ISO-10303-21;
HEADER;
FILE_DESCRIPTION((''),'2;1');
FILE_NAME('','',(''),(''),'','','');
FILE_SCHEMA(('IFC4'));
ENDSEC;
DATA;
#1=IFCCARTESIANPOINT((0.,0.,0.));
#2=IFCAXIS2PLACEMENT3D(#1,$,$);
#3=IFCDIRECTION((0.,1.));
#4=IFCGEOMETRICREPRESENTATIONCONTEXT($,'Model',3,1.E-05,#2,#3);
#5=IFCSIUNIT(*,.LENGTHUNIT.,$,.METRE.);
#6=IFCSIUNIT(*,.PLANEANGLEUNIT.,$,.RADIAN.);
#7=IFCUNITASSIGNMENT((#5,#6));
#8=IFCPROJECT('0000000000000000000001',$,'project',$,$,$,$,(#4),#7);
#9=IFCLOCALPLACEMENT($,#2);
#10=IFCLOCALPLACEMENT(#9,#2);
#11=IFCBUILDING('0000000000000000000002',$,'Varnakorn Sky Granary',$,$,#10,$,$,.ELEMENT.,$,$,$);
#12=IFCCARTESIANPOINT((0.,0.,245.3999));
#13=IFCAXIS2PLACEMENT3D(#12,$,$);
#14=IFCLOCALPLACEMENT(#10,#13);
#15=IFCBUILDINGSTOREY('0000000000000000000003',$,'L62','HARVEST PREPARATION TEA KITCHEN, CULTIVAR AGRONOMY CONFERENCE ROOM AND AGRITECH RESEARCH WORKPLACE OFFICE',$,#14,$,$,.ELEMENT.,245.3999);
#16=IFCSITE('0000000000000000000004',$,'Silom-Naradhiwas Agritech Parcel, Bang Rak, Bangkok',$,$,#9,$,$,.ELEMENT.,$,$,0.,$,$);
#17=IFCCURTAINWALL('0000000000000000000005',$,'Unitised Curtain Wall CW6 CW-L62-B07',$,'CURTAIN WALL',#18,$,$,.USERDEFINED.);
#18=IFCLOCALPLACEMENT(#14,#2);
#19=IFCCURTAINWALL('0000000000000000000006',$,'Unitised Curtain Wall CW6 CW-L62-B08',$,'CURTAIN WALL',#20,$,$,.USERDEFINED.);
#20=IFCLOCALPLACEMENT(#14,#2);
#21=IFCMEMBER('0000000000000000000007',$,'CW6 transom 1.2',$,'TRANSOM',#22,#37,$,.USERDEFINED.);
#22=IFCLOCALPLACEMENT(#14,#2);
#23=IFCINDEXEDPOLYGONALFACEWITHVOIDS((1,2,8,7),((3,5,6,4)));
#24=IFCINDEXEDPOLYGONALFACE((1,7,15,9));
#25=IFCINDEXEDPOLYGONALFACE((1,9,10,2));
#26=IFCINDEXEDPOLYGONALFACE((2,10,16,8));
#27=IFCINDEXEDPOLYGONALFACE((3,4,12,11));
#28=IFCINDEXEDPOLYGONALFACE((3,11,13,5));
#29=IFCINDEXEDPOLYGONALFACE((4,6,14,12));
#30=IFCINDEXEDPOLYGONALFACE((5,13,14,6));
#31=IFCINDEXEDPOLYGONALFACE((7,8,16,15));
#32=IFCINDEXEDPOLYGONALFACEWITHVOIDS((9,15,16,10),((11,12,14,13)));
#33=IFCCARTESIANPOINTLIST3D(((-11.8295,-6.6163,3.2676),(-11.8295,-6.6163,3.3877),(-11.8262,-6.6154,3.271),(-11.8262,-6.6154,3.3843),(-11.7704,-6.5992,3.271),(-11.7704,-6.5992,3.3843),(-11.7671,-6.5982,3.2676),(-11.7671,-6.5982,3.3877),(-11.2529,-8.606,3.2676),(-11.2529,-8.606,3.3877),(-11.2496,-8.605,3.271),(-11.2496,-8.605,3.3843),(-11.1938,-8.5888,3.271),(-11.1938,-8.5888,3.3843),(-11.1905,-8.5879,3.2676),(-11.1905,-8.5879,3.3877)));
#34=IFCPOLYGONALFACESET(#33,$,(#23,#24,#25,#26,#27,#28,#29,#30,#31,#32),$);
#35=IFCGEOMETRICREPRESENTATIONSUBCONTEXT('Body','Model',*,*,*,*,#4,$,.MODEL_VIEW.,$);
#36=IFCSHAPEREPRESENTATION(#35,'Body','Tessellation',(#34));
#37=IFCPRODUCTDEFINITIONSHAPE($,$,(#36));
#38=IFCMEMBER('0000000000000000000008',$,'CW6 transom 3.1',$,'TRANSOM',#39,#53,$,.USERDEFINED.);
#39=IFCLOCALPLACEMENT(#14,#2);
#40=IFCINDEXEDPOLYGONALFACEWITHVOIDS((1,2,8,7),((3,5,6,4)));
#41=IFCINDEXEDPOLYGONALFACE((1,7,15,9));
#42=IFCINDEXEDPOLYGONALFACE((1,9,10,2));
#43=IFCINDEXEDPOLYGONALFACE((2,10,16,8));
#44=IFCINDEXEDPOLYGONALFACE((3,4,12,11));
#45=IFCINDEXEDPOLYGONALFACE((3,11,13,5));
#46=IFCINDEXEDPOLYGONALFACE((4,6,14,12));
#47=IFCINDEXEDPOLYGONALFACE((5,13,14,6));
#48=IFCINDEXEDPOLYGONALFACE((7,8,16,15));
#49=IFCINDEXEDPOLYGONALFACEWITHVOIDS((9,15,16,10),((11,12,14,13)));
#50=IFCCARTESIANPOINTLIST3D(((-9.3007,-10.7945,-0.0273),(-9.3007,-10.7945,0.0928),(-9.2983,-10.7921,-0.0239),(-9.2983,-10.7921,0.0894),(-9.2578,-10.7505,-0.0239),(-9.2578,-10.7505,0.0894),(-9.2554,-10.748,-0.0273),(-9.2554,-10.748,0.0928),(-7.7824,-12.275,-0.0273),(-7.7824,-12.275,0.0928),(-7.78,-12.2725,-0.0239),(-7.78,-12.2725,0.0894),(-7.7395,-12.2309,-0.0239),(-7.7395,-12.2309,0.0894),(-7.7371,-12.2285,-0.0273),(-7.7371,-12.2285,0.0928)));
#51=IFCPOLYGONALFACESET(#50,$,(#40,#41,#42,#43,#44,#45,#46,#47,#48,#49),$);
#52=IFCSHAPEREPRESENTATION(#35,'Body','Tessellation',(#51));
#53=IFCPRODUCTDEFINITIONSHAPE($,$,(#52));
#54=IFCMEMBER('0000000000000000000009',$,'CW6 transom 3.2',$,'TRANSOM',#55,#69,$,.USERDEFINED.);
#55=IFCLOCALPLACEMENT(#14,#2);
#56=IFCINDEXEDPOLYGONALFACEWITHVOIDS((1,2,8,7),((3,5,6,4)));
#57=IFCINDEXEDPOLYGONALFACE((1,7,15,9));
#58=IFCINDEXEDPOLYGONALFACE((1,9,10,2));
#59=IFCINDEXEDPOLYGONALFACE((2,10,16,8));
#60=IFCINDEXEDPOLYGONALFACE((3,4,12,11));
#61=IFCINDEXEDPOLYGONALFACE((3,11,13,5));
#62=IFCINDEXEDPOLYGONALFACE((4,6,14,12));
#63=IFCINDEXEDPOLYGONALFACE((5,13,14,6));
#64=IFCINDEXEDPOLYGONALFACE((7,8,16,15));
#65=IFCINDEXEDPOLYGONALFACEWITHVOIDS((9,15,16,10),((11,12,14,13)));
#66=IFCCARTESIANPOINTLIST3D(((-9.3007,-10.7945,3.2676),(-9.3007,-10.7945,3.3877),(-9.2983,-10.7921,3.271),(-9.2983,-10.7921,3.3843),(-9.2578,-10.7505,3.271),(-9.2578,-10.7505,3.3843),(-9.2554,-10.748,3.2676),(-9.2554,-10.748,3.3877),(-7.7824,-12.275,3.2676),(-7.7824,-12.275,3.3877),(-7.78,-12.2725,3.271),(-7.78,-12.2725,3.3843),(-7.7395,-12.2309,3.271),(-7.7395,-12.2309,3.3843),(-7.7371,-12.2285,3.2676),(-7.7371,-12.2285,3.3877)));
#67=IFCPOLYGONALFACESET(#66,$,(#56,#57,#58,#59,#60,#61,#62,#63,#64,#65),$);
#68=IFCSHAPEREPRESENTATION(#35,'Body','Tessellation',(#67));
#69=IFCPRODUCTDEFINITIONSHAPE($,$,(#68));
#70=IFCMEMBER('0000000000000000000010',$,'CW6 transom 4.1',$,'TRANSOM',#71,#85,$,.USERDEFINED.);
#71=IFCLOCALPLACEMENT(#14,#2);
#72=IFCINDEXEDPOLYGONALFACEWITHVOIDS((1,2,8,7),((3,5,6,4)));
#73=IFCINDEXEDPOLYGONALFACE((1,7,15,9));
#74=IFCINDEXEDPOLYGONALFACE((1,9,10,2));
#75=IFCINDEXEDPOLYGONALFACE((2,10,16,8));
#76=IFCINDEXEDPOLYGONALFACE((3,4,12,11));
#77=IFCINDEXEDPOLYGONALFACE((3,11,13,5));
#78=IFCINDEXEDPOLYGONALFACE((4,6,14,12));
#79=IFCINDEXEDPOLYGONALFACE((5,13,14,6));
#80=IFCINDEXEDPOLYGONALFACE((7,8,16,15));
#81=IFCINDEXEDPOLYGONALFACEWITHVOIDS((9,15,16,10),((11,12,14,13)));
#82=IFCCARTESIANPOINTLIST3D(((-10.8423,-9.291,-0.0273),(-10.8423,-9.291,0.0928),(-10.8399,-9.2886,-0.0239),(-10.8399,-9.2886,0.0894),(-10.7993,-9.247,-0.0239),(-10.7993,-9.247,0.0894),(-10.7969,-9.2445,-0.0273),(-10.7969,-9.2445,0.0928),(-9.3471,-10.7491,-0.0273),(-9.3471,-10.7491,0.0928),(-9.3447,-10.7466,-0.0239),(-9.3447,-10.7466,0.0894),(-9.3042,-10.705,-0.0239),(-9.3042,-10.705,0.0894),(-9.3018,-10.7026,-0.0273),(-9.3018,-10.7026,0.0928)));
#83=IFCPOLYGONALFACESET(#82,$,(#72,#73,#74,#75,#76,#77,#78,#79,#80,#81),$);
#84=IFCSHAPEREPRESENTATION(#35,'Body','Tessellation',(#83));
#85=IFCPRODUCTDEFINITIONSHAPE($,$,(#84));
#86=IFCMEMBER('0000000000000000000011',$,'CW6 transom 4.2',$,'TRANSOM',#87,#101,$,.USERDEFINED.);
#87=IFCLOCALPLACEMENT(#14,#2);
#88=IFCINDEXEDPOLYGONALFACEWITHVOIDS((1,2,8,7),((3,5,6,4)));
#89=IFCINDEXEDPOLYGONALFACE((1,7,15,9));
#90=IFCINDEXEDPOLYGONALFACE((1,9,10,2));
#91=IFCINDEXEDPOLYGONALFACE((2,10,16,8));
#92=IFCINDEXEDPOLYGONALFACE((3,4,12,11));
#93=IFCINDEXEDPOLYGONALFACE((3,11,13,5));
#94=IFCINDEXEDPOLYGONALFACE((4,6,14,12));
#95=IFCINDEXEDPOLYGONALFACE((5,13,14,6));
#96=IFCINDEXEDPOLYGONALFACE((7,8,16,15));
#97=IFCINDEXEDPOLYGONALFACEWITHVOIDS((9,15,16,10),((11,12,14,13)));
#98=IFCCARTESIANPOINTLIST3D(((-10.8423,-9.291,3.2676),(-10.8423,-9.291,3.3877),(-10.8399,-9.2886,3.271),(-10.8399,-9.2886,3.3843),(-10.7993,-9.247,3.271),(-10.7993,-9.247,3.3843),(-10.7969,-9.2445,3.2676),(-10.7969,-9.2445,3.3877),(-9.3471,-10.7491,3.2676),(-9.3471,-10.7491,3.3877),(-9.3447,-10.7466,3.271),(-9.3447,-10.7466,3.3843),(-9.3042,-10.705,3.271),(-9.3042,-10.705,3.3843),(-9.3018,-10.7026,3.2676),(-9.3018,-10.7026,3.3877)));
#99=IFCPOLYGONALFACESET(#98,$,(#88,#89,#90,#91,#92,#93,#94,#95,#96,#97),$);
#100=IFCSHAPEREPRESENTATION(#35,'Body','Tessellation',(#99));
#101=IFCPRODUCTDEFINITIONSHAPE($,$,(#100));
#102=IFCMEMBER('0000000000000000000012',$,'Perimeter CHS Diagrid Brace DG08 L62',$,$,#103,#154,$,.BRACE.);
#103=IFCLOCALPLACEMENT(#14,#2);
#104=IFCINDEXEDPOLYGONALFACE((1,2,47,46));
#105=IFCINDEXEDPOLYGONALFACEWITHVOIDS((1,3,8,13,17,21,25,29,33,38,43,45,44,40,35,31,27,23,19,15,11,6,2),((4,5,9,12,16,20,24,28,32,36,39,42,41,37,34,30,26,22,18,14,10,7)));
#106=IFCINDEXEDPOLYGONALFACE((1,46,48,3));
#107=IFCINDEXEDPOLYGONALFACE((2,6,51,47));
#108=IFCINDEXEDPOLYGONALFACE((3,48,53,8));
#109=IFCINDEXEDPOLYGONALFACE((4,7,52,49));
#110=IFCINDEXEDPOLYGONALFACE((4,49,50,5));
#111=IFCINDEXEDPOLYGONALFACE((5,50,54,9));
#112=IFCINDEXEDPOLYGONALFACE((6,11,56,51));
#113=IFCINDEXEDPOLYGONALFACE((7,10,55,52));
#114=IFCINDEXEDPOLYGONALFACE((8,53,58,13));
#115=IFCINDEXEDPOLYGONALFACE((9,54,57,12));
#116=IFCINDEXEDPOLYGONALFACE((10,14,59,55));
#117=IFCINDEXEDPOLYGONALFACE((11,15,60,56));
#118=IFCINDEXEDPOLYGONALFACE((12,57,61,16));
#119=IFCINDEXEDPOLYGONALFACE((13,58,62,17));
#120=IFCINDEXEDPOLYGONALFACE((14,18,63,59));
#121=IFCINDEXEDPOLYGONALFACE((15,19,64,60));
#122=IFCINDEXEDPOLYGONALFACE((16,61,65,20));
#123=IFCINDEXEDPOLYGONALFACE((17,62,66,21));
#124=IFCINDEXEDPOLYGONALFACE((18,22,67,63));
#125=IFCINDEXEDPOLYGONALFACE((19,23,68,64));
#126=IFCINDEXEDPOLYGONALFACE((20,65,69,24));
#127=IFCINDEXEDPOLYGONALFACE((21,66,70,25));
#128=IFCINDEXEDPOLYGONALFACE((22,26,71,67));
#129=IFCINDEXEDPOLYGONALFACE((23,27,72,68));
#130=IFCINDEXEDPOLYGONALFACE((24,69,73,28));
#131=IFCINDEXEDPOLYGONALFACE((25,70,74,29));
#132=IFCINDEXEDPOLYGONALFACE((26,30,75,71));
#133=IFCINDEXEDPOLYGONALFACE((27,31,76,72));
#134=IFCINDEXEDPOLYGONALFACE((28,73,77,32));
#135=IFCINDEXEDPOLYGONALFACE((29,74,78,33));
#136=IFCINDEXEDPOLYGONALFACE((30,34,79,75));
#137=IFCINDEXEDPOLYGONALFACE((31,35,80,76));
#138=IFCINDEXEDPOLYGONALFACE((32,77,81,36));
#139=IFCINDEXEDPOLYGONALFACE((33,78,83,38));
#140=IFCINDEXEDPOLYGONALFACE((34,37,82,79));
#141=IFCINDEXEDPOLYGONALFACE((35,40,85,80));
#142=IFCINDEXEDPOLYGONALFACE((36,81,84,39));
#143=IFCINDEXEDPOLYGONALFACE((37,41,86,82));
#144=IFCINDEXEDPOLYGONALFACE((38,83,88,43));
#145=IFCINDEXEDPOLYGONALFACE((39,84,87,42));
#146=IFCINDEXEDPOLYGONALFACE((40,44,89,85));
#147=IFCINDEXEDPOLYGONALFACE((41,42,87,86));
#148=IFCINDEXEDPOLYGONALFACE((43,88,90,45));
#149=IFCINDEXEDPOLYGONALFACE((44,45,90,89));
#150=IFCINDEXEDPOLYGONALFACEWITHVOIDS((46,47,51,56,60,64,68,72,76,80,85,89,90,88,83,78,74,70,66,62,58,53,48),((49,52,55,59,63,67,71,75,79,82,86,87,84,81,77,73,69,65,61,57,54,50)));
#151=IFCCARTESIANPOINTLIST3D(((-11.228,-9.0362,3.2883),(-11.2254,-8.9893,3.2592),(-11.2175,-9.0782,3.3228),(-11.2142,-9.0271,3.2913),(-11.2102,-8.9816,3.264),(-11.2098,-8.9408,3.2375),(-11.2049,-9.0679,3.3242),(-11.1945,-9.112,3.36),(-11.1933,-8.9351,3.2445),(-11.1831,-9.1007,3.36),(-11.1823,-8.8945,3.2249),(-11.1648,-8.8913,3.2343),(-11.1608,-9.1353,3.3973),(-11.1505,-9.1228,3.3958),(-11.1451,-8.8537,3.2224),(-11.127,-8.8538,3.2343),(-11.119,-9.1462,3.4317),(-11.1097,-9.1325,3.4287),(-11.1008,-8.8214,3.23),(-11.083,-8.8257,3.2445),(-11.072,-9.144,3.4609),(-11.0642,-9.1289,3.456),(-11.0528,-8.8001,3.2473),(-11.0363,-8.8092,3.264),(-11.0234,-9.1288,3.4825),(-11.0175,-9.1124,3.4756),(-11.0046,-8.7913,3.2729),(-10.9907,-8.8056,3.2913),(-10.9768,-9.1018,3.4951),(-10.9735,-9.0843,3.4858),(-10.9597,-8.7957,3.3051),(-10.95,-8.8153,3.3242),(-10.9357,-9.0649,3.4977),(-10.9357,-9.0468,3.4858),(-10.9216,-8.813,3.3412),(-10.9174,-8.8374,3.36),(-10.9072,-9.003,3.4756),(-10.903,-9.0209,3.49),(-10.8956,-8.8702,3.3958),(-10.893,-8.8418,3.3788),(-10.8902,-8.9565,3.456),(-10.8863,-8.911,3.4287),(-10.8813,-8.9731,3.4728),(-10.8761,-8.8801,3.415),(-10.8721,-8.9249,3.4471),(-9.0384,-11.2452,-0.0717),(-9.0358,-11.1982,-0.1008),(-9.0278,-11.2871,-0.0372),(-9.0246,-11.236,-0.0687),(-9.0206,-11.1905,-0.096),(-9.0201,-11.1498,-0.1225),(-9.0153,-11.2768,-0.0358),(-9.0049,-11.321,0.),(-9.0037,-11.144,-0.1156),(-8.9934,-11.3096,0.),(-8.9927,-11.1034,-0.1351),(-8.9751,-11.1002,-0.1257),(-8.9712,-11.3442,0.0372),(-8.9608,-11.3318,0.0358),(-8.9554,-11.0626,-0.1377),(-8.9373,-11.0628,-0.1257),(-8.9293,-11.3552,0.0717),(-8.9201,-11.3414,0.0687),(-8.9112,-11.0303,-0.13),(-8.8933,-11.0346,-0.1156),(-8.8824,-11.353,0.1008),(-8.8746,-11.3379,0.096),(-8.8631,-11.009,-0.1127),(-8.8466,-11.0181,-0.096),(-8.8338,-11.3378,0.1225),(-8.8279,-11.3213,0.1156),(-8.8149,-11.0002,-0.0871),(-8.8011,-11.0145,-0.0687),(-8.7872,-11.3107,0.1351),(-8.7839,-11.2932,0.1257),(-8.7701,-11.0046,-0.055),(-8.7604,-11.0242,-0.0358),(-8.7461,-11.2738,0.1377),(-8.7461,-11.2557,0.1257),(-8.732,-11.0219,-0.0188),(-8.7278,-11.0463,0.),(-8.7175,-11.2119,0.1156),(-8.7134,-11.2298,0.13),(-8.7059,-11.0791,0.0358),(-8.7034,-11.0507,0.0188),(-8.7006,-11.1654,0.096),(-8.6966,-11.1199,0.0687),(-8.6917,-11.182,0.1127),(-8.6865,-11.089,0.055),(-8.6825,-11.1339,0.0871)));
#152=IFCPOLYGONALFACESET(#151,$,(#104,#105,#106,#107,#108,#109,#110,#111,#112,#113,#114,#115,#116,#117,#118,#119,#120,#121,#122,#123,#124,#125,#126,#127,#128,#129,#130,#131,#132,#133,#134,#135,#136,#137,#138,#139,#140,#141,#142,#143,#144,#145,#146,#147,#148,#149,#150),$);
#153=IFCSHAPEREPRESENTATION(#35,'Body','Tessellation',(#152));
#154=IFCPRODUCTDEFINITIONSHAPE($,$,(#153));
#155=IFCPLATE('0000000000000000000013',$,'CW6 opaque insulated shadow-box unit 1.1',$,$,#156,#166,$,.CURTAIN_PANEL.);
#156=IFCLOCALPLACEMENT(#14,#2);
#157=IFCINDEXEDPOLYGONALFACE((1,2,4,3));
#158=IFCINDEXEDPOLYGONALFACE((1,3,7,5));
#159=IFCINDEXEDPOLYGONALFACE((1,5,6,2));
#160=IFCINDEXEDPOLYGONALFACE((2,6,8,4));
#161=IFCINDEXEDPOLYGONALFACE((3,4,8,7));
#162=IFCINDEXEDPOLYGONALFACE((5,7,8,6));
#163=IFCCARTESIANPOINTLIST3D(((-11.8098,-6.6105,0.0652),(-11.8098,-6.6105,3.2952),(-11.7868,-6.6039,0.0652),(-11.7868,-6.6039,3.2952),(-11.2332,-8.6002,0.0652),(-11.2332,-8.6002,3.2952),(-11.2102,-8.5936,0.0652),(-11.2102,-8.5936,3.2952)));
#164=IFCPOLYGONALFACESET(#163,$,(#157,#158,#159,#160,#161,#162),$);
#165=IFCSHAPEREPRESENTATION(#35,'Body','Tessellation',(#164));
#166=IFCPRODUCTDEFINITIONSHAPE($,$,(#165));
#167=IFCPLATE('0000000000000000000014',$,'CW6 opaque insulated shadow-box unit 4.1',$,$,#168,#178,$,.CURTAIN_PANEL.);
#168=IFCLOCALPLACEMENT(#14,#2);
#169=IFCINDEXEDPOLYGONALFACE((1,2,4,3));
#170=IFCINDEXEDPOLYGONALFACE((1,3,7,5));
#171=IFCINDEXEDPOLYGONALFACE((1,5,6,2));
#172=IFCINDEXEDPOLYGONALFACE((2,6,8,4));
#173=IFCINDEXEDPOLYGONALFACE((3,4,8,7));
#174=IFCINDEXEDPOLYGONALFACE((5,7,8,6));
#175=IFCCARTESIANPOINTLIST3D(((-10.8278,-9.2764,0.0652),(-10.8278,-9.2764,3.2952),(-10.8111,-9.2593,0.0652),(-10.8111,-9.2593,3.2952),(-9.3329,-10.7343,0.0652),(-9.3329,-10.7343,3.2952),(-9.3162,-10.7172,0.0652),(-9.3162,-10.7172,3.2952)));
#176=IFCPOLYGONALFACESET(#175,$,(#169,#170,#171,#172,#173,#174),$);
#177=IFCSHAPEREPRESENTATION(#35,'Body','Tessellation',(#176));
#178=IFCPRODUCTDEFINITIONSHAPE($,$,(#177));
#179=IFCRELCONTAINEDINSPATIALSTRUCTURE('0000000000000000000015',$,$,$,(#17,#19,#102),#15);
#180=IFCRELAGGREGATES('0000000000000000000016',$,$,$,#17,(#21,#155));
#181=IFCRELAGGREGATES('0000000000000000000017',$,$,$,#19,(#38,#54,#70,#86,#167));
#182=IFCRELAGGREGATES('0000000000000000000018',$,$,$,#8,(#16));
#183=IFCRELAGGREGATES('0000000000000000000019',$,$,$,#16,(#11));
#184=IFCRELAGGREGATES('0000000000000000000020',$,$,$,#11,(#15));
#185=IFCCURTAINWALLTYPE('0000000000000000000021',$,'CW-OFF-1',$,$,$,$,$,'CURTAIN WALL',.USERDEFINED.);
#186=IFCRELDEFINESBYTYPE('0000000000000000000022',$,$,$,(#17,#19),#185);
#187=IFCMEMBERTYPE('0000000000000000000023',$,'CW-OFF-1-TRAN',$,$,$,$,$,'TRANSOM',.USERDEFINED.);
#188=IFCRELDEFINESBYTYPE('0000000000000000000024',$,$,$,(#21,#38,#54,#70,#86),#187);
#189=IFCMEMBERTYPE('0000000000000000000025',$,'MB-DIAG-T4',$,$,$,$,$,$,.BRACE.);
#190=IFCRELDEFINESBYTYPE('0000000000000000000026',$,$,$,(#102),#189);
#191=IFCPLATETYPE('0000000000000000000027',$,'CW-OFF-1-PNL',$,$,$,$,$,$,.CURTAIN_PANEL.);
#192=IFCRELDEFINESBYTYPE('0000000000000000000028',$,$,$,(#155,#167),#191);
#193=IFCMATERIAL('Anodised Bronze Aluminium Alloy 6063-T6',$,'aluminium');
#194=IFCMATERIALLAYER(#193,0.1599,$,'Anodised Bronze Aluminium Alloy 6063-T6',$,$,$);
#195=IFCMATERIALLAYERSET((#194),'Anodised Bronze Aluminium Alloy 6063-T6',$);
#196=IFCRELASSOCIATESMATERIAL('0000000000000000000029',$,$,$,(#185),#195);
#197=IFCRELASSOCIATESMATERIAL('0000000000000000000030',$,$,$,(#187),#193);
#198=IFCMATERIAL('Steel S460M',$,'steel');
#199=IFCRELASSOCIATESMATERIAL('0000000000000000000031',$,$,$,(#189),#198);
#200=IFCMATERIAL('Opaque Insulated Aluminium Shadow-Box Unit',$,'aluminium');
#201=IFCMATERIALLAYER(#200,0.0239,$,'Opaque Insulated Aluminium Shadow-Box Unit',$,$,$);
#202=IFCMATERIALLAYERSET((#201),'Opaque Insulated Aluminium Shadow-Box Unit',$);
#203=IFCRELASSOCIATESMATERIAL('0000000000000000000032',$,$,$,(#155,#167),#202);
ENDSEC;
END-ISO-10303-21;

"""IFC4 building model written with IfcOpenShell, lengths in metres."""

from ifc_helpers import new_model, si_unit, direction, frame, origin, origin_2d, place, context, subcontext, project, spatial, rectangle, hollow_rectangle, hollow_circle, extrude, source, transform, mapped, material, layer, layer_set, material_profile, profile_set, type_object, element, aggregate, save


model = new_model("IFC4")

# Units and contexts
model_context = context("Model", 3, precision=1e-05, world=origin(), true_north=direction((0.0, 1.0)))
body_context = subcontext(model_context, "Body", "Model", "MODEL_VIEW")
ifc_project = project(units=[si_unit("LENGTHUNIT", "METRE"), si_unit("PLANEANGLEUNIT", "RADIAN")], contexts=[model_context])

# Site, building, storey
site_placement = place(None, origin())
site = spatial("IfcSite", under=ifc_project, at=site_placement, Name="Silom-Naradhiwas Agritech Parcel, Bang Rak, Bangkok", CompositionType="ELEMENT", RefElevation=0.0)
building_placement = place(site_placement, origin())
building = spatial("IfcBuilding", under=site, at=building_placement, Name="Varnakorn Sky Granary", CompositionType="ELEMENT")
storey_placement = place(building_placement, frame((0.0, 0.0, 245.3999)))
storey = spatial("IfcBuildingStorey", under=building, at=storey_placement, Name="L62", Description="HARVEST PREPARATION TEA KITCHEN, CULTIVAR AGRONOMY CONFERENCE ROOM AND AGRITECH RESEARCH WORKPLACE OFFICE", CompositionType="ELEMENT", Elevation=245.3999)

# Shared definitions
ifc_material_1 = material(Name="Steel S460M", Category="steel")

# Curtain wall
ifc_material_2 = material(Name="Anodised Bronze Aluminium Alloy 6063-T6", Category="aluminium")
ifc_layer_1 = layer(ifc_material_2, 0.1599, Name="Anodised Bronze Aluminium Alloy 6063-T6")
ifc_layer_set_1 = layer_set([ifc_layer_1], Name="Anodised Bronze Aluminium Alloy 6063-T6")
curtain_wall_type = type_object("IfcCurtainWallType", Name="CW-OFF-1", ElementType="CURTAIN WALL", PredefinedType="USERDEFINED", material=ifc_layer_set_1)
curtain_wall_1_placement = place(storey_placement, origin())
curtain_wall_1 = element("IfcCurtainWall", 1, at=curtain_wall_1_placement, inside=storey, type_object=curtain_wall_type, Name="Unitised Curtain Wall CW6 CW-L62-B07", ObjectType="CURTAIN WALL", PredefinedType="USERDEFINED")

# Curtain wall
curtain_wall_2_placement = place(storey_placement, origin())
curtain_wall_2 = element("IfcCurtainWall", 2, at=curtain_wall_2_placement, inside=storey, type_object=curtain_wall_type, Name="Unitised Curtain Wall CW6 CW-L62-B08", ObjectType="CURTAIN WALL", PredefinedType="USERDEFINED")

# Members
ifc_material_profile_1 = material_profile(ifc_material_2, hollow_rectangle(XDim=0.0649, YDim=0.1201, WallThickness=0.0034, at=origin_2d()), Name="ALU TRAN 65x120")
ifc_profile_set_1 = profile_set([ifc_material_profile_1], Name="Anodised Bronze Aluminium Alloy 6063-T6")
member_type_1 = type_object("IfcMemberType", Name="CW-OFF-1-TRAN", ElementType="TRANSOM", PredefinedType="USERDEFINED", material=ifc_profile_set_1)
member_1_placement = place(storey_placement, frame((-11.2217, -8.5969, 3.3276), z_axis=(-0.278361, 0.960476, 0.0), x_axis=(-0.960476, -0.278361, 0.0)))
member_1 = element("IfcMember", 3, at=member_1_placement, type_object=member_type_1, Name="CW6 transom 1.2", ObjectType="TRANSOM", PredefinedType="USERDEFINED", context=body_context, shape_type="SweptSolid", body=[
    extrude(hollow_rectangle(XDim=0.0649, YDim=0.1201, WallThickness=0.0034, at=origin_2d()), origin(), (0.0, 0.0, 1.0), 2.0715),
])
member_2_placement = place(storey_placement, frame((-7.7598, -12.2517, 0.0327), z_axis=(-0.715973, 0.698128, 0.0), x_axis=(-0.698128, -0.715973, 0.0)))
member_2 = element("IfcMember", 4, at=member_2_placement, type_object=member_type_1, Name="CW6 transom 3.1", ObjectType="TRANSOM", PredefinedType="USERDEFINED", context=body_context, shape_type="SweptSolid", body=[
    extrude(hollow_rectangle(XDim=0.0649, YDim=0.1201, WallThickness=0.0034, at=origin_2d()), origin(), (0.0, 0.0, 1.0), 2.1206),
])
member_3_placement = place(storey_placement, frame((-7.7598, -12.2517, 3.3276), z_axis=(-0.715973, 0.698128, 0.0), x_axis=(-0.698128, -0.715973, 0.0)))
member_3 = element("IfcMember", 5, at=member_3_placement, type_object=member_type_1, Name="CW6 transom 3.2", ObjectType="TRANSOM", PredefinedType="USERDEFINED", context=body_context, shape_type="SweptSolid", body=[
    extrude(hollow_rectangle(XDim=0.0649, YDim=0.1201, WallThickness=0.0034, at=origin_2d()), origin(), (0.0, 0.0, 1.0), 2.1206),
])
member_4_placement = place(storey_placement, frame((-9.3245, -10.7258, 0.0327), z_axis=(-0.715936, 0.698166, 0.0), x_axis=(-0.698166, -0.715936, 0.0)))
member_4 = element("IfcMember", 6, at=member_4_placement, type_object=member_type_1, Name="CW6 transom 4.1", ObjectType="TRANSOM", PredefinedType="USERDEFINED", context=body_context, shape_type="SweptSolid", body=[
    extrude(hollow_rectangle(XDim=0.0649, YDim=0.1201, WallThickness=0.0034, at=origin_2d()), origin(), (0.0, 0.0, 1.0), 2.0884),
])
member_5_placement = place(storey_placement, frame((-9.3245, -10.7258, 3.3276), z_axis=(-0.715936, 0.698166, 0.0), x_axis=(-0.698166, -0.715936, 0.0)))
member_5 = element("IfcMember", 7, at=member_5_placement, type_object=member_type_1, Name="CW6 transom 4.2", ObjectType="TRANSOM", PredefinedType="USERDEFINED", context=body_context, shape_type="SweptSolid", body=[
    extrude(hollow_rectangle(XDim=0.0649, YDim=0.1201, WallThickness=0.0034, at=origin_2d()), origin(), (0.0, 0.0, 1.0), 2.0884),
])
ifc_material_profile_2 = material_profile(ifc_material_1, hollow_circle(Radius=0.2031, WallThickness=0.0161, at=origin_2d()), Name="CHS 406.4x16")
ifc_profile_set_2 = profile_set([ifc_material_profile_2], Name="Steel S460M")
member_type_2 = type_object("IfcMemberType", Name="MB-DIAG-T4", PredefinedType="BRACE", material=ifc_profile_set_2)
member_6_placement = place(storey_placement, frame((-8.8606, -11.178, 0.0), z_axis=(-0.478233, 0.482445, 0.733852), x_axis=(-0.7102, -0.704, 0.0)))
element("IfcMember", 8, at=member_6_placement, inside=storey, type_object=member_type_2, Name="Perimeter CHS Diagrid Brace DG08 L62", PredefinedType="BRACE", context=body_context, shape_type="SweptSolid", body=[
    extrude(hollow_circle(Radius=0.2031, WallThickness=0.0161, at=origin_2d()), origin(), (0.0, 0.0, 1.0), 4.5786),
])

# Plates
ifc_material_3 = material(Name="Opaque Insulated Aluminium Shadow-Box Unit", Category="aluminium")
ifc_layer_2 = layer(ifc_material_3, 0.0239, Name="Opaque Insulated Aluminium Shadow-Box Unit")
ifc_layer_set_2 = layer_set([ifc_layer_2], Name="Opaque Insulated Aluminium Shadow-Box Unit")
plate_type = type_object("IfcPlateType", Name="CW-OFF-1-PNL", PredefinedType="CURTAIN_PANEL")
shared_shape_1 = source(origin(), body_context, "Body", "SweptSolid", [
    extrude(rectangle(XDim=2.0715, YDim=0.0239, at=origin_2d()), origin(), (0.0, 0.0, 1.0), 3.23),
])
plate_1_placement = place(storey_placement, frame((-11.51, -7.6021, 0.0652), z_axis=(0.0, 0.0, 1.0), x_axis=(-0.278338, 0.960483, 0.0)))
plate_1 = element("IfcPlate", 9, at=plate_1_placement, type_object=plate_type, material=ifc_layer_set_2, Name="CW6 opaque insulated shadow-box unit 1.1", PredefinedType="CURTAIN_PANEL", context=body_context, shape_type="MappedRepresentation", body=[
    mapped(shared_shape_1, transform((0.0, 0.0, 0.0), x_axis=(1.0, 0.0, 0.0), y_axis=(0.0, 1.0, 0.0), z_axis=(0.0, 0.0, 1.0), scale=1.0)),
])
aggregate(curtain_wall_1, [member_1, plate_1])
shared_shape_2 = source(origin(), body_context, "Body", "SweptSolid", [
    extrude(rectangle(XDim=2.0881, YDim=0.0239, at=origin_2d()), origin(), (0.0, 0.0, 1.0), 3.23),
])
plate_2_placement = place(storey_placement, frame((-10.072, -9.9968, 0.0652), z_axis=(0.0, 0.0, 1.0), x_axis=(-0.715922, 0.698181, 0.0)))
plate_2 = element("IfcPlate", 10, at=plate_2_placement, type_object=plate_type, material=ifc_layer_set_2, Name="CW6 opaque insulated shadow-box unit 4.1", PredefinedType="CURTAIN_PANEL", context=body_context, shape_type="MappedRepresentation", body=[
    mapped(shared_shape_2, transform((0.0, 0.0, 0.0), x_axis=(1.0, 0.0, 0.0), y_axis=(0.0, 1.0, 0.0), z_axis=(0.0, 0.0, 1.0), scale=1.0)),
])
aggregate(curtain_wall_2, [member_2, member_3, member_4, member_5, plate_2])

save(model, "model.ifc")
